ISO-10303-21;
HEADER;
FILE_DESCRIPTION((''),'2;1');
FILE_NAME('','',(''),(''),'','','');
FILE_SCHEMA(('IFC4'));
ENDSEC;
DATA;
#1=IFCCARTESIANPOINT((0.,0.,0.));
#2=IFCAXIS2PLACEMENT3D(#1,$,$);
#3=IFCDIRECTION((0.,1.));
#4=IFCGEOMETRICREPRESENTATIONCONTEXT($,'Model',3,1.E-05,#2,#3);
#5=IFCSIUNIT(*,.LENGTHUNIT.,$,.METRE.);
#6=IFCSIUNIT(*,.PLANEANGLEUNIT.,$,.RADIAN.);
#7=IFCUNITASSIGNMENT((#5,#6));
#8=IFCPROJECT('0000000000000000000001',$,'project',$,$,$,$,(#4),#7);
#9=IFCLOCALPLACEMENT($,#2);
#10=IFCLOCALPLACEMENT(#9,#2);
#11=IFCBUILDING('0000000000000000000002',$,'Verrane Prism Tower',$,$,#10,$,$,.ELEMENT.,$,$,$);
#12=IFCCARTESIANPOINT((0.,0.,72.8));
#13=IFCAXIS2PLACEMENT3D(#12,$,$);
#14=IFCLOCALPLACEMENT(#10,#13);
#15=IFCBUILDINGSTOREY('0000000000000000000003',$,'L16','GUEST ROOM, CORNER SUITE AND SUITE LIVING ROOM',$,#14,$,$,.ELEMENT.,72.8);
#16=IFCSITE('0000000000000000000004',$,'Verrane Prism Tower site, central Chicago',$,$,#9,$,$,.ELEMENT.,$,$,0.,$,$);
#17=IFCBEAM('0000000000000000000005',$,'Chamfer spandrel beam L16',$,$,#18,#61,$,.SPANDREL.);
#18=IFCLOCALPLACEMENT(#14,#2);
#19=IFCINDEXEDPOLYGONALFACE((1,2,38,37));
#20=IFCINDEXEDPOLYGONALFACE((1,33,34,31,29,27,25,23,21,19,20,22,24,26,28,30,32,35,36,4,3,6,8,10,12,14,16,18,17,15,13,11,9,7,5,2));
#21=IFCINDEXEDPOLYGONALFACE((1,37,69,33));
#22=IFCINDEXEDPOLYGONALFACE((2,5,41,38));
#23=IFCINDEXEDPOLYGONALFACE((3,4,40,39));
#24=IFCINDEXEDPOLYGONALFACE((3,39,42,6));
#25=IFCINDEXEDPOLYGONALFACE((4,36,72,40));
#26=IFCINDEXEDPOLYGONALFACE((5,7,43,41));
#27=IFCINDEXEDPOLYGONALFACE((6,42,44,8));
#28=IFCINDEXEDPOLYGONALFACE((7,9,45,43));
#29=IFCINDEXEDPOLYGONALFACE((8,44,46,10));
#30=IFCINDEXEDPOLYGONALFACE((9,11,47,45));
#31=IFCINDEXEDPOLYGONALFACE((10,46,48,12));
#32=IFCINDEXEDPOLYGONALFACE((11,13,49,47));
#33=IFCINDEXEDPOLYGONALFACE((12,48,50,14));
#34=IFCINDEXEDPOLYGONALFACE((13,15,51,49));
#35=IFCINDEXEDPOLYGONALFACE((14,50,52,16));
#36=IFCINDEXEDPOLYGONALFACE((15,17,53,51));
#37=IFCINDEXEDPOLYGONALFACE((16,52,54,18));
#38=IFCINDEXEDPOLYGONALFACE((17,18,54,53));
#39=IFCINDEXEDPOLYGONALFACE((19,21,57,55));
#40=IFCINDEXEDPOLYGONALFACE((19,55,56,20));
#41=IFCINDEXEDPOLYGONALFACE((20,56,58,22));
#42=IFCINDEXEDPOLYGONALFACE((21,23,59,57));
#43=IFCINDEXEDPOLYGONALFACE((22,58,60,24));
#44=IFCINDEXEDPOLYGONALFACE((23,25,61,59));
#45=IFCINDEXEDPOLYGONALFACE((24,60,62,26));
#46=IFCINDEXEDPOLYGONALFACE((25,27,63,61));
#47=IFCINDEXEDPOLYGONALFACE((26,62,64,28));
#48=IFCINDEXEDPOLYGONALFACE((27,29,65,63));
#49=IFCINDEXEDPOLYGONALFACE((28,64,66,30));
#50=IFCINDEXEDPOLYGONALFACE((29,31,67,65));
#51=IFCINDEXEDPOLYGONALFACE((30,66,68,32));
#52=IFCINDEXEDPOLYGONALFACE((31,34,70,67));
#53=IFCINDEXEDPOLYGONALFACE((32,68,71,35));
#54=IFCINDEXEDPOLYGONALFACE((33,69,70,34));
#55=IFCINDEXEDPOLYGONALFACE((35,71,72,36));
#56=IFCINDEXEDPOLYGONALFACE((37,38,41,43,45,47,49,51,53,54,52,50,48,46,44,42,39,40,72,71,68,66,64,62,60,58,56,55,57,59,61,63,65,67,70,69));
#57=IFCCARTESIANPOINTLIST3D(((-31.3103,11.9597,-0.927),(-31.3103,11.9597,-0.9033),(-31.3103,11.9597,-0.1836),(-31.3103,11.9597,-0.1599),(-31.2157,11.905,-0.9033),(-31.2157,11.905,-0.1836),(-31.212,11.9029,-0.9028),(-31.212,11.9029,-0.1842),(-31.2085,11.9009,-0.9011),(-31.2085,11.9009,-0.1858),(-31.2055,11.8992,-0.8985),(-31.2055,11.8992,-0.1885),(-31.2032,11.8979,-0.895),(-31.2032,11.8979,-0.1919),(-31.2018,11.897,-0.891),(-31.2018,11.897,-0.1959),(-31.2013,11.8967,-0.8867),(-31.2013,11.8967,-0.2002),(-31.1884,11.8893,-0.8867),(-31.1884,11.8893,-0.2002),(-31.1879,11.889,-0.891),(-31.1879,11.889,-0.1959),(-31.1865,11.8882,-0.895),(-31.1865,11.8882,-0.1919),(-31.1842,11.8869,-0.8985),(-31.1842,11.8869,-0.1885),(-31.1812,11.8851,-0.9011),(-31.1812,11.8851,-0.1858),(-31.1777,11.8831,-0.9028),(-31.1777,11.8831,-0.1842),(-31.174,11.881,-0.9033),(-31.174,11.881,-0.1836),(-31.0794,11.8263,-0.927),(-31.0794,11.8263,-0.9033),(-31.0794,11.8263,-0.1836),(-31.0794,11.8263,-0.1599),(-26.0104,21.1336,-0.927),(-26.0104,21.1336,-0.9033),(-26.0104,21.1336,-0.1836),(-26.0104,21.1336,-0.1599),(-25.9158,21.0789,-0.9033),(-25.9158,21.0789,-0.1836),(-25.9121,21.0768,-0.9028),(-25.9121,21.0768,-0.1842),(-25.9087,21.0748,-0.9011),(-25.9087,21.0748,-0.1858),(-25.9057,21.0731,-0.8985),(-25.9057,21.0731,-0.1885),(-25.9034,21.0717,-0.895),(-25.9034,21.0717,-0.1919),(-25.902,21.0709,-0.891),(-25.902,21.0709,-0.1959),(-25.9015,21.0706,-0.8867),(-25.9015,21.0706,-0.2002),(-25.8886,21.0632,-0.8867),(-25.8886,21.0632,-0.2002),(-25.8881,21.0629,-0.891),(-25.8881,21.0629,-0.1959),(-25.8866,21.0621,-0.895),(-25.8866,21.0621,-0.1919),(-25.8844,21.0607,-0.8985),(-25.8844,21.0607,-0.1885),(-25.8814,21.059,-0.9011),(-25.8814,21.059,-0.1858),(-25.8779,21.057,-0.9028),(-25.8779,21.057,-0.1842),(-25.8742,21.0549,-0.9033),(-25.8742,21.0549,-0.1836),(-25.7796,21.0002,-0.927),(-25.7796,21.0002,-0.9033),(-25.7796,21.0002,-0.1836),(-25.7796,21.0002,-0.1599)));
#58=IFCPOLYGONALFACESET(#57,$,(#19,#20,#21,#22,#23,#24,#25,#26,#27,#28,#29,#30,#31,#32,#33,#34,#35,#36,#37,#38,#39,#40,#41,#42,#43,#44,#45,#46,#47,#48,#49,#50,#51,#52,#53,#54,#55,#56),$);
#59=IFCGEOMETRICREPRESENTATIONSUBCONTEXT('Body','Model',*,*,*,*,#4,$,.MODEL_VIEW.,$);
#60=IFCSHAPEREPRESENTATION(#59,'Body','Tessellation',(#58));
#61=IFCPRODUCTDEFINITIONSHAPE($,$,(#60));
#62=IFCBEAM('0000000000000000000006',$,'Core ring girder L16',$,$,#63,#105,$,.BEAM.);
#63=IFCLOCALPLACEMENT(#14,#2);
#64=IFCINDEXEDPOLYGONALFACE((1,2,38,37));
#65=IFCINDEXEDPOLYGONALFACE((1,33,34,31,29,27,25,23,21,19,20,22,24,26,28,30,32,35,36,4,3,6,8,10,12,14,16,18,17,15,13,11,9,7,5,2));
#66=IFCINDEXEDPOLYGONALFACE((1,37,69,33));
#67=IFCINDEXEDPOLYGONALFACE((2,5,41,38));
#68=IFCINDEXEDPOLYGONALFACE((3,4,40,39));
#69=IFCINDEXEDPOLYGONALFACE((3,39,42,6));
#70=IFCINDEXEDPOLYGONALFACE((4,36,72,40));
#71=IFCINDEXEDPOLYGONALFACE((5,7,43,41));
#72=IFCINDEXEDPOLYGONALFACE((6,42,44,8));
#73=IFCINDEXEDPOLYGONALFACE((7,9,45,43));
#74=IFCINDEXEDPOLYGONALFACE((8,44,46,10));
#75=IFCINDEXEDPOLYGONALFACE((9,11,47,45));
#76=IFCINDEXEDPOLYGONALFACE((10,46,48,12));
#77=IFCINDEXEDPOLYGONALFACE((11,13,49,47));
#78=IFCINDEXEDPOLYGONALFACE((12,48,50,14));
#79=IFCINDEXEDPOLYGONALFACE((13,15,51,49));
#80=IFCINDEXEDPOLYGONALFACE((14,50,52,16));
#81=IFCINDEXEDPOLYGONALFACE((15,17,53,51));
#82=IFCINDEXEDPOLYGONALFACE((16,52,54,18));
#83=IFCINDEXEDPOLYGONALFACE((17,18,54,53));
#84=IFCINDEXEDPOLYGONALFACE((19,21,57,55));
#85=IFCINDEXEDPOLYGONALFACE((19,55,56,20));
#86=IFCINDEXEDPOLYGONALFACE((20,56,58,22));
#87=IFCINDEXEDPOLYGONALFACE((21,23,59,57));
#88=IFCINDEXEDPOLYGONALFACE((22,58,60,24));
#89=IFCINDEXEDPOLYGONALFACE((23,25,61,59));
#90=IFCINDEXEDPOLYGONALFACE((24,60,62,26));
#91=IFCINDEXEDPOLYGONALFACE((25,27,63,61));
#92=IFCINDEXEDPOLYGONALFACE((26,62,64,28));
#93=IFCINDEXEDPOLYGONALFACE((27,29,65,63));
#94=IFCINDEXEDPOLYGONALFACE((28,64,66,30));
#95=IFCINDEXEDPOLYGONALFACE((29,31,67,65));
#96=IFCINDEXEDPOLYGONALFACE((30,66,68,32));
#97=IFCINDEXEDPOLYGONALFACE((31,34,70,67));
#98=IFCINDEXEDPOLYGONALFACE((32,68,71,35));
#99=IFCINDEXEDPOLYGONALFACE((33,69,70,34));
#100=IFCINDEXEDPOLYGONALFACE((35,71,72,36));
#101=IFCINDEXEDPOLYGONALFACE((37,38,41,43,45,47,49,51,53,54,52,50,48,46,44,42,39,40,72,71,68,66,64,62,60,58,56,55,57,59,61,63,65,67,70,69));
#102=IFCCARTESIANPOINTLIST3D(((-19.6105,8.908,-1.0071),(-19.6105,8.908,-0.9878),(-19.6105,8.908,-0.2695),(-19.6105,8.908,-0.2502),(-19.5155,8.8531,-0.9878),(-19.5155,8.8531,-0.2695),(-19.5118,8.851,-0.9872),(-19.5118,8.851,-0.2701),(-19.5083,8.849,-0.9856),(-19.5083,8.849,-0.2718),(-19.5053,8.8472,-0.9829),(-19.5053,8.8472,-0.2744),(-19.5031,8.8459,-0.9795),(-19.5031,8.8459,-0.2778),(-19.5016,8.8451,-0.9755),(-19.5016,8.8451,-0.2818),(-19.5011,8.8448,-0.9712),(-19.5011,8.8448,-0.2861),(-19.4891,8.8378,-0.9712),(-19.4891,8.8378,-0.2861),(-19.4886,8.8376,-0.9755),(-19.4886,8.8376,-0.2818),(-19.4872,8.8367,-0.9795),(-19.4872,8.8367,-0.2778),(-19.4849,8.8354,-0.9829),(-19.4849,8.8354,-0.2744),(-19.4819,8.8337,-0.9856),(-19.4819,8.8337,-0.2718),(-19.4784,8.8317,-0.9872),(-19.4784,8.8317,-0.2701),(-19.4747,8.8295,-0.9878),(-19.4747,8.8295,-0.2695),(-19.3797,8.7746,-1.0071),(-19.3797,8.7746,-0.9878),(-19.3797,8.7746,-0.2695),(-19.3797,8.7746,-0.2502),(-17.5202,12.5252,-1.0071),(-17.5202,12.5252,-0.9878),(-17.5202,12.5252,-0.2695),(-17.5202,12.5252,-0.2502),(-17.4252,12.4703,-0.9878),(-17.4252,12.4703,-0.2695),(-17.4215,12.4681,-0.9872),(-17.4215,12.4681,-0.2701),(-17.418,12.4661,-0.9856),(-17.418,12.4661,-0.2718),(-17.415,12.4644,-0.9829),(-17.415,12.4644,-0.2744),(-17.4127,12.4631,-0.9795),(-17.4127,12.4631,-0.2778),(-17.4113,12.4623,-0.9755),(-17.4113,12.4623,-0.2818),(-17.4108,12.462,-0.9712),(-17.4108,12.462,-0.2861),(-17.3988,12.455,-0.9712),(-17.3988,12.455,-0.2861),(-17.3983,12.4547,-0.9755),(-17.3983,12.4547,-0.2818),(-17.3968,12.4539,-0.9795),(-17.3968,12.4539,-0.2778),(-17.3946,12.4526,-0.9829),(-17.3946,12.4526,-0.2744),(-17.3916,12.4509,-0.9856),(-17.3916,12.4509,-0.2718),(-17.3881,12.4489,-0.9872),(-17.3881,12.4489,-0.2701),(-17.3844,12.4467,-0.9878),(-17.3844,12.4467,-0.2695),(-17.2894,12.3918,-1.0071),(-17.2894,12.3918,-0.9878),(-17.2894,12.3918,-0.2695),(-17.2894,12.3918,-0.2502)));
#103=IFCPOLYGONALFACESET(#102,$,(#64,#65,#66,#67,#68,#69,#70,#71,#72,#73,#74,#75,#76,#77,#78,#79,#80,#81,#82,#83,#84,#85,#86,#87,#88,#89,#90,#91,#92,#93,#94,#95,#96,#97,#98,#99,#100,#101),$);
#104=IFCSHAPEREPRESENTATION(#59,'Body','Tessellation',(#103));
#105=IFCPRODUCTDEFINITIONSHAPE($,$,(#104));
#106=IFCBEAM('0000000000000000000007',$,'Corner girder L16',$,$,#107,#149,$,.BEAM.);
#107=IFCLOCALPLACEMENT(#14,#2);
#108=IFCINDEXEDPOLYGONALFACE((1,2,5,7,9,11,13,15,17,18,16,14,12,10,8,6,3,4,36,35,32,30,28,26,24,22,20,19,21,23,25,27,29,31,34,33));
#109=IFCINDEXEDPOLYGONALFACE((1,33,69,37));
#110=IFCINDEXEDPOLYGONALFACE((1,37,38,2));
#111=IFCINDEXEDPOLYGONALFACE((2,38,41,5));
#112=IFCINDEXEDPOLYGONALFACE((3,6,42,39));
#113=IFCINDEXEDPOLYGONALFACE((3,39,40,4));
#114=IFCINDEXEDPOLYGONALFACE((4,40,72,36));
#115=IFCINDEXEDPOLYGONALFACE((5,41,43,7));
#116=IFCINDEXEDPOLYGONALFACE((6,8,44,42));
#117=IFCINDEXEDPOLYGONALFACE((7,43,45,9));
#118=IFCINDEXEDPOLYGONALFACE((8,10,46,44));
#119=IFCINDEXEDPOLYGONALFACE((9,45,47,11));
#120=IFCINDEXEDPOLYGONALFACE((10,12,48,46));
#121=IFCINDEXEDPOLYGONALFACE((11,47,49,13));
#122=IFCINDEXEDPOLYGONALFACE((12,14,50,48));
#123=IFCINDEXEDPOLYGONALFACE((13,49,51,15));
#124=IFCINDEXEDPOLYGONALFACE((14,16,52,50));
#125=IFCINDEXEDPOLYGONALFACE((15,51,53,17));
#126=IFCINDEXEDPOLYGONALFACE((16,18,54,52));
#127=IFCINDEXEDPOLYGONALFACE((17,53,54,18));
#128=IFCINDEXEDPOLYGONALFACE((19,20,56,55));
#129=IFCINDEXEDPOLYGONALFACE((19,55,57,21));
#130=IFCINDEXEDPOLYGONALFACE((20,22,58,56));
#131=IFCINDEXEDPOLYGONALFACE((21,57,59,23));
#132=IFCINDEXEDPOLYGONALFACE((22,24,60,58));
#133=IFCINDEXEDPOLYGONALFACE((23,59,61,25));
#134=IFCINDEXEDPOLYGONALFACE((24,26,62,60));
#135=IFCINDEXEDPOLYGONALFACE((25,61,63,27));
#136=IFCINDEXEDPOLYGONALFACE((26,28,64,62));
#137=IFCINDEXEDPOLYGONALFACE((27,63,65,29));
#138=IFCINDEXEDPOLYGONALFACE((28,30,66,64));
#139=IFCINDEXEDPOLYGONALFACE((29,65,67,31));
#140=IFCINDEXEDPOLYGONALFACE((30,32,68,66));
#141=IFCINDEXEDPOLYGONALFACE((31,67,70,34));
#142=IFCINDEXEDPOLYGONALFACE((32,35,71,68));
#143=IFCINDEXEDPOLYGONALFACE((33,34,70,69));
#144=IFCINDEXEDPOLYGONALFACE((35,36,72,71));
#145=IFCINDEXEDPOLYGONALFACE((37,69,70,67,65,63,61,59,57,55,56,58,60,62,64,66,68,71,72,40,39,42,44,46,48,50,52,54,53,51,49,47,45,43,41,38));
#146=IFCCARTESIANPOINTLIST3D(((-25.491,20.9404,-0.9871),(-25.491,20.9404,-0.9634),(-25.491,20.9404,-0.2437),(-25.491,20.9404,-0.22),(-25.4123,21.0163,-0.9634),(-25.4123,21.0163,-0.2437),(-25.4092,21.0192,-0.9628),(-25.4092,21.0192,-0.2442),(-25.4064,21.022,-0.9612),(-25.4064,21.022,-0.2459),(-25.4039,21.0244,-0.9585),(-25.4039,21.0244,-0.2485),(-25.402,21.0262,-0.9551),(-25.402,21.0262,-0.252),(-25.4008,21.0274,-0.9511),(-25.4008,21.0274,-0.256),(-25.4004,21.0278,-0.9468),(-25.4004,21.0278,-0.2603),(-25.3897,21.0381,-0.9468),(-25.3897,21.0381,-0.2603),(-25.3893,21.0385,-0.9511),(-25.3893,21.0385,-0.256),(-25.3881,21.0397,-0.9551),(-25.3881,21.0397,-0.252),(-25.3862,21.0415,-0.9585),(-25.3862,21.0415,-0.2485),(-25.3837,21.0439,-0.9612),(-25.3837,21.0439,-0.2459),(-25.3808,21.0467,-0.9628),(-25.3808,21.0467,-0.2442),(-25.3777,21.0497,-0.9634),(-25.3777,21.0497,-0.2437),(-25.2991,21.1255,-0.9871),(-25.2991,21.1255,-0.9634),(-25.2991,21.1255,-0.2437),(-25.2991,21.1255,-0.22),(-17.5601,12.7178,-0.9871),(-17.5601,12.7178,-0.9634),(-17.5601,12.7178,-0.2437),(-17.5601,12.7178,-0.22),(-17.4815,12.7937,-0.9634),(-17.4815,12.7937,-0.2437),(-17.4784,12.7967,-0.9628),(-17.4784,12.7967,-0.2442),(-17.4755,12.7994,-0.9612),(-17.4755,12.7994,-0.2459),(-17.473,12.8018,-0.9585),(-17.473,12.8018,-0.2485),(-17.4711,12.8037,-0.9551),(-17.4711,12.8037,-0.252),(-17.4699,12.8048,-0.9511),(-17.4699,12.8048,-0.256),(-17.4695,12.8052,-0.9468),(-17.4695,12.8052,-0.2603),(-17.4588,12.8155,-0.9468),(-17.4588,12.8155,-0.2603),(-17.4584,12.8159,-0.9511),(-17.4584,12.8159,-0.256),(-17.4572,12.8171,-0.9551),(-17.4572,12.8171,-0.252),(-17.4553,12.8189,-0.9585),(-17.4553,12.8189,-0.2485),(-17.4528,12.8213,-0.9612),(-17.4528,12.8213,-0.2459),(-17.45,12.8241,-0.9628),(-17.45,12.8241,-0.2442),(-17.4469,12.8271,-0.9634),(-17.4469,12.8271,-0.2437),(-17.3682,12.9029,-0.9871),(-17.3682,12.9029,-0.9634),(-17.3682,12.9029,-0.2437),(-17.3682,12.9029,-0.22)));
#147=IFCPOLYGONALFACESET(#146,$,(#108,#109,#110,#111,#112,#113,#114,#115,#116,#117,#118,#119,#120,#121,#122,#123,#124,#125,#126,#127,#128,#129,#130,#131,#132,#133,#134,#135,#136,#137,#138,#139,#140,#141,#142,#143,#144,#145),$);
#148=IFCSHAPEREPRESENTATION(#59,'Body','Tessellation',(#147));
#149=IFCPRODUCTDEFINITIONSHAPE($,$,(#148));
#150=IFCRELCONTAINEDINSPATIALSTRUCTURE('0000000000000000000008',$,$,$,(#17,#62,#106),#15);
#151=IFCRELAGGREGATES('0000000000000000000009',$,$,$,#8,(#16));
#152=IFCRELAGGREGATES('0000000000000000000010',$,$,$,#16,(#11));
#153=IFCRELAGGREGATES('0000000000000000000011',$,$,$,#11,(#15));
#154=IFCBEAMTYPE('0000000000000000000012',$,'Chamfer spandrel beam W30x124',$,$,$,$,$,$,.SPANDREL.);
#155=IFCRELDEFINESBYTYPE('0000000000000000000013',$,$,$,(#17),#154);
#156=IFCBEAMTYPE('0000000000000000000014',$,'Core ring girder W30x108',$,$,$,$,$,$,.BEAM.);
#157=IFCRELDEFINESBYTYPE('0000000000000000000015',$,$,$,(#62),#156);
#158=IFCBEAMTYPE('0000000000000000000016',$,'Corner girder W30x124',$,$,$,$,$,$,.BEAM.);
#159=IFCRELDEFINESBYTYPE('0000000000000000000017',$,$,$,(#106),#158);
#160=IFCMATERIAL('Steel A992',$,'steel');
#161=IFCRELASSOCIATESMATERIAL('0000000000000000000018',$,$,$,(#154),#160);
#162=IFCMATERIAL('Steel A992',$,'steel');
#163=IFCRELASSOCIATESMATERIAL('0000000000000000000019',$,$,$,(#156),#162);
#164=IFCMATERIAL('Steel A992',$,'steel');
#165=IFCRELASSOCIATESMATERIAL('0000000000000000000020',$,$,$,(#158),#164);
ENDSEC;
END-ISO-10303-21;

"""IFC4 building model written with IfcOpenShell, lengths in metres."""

from ifc_helpers import new_model, si_unit, direction, frame, origin, origin_2d, place, context, subcontext, project, spatial, i_section, extrude, material, material_profile, profile_set, type_object, element, save


model = new_model("IFC4")

# Units and contexts
model_context = context("Model", 3, precision=1e-05, world=origin(), true_north=direction((0.0, 1.0)))
body_context = subcontext(model_context, "Body", "Model", "MODEL_VIEW")
ifc_project = project(units=[si_unit("LENGTHUNIT", "METRE"), si_unit("PLANEANGLEUNIT", "RADIAN")], contexts=[model_context])

# Site, building, storey
site_placement = place(None, origin())
site = spatial("IfcSite", under=ifc_project, at=site_placement, Name="Verrane Prism Tower site, central Chicago", CompositionType="ELEMENT", RefElevation=0.0)
building_placement = place(site_placement, origin())
building = spatial("IfcBuilding", under=site, at=building_placement, Name="Verrane Prism Tower", CompositionType="ELEMENT")
storey_placement = place(building_placement, frame((0.0, 0.0, 72.8)))
storey = spatial("IfcBuildingStorey", under=building, at=storey_placement, Name="L16", Description="GUEST ROOM, CORNER SUITE AND SUITE LIVING ROOM", CompositionType="ELEMENT", Elevation=72.8)

# Beams
ifc_material_1 = material(Name="Steel A992", Category="steel")
ifc_material_profile_1 = material_profile(ifc_material_1, i_section(OverallWidth=0.2666, OverallDepth=0.7671, WebThickness=0.0149, FlangeThickness=0.0237, FilletRadius=0.0166, at=origin_2d()), Name="W30x124")
ifc_profile_set_1 = profile_set([ifc_material_profile_1], Name="Steel A992")
beam_type_1 = type_object("IfcBeamType", Name="Chamfer spandrel beam W30x124", PredefinedType="SPANDREL", material=ifc_profile_set_1)
beam_1_placement = place(storey_placement, frame((-25.895, 21.0669, -0.5435), z_axis=(-0.500233, -0.865891, 0.0), x_axis=(0.865891, -0.500233, 0.0)))
element("IfcBeam", 1, at=beam_1_placement, inside=storey, type_object=beam_type_1, Name="Chamfer spandrel beam L16", PredefinedType="SPANDREL", context=body_context, shape_type="SweptSolid", body=[
    extrude(i_section(OverallWidth=0.2666, OverallDepth=0.7671, WebThickness=0.0149, FlangeThickness=0.0237, FilletRadius=0.0166, at=origin_2d()), origin(), (0.0, 0.0, 1.0), 10.5947),
])
ifc_material_2 = material(Name="Steel A992", Category="steel")
ifc_material_profile_2 = material_profile(ifc_material_2, i_section(OverallWidth=0.2666, OverallDepth=0.7568, WebThickness=0.0139, FlangeThickness=0.0193, FilletRadius=0.0166, at=origin_2d()), Name="W30x108")
ifc_profile_set_2 = profile_set([ifc_material_profile_2], Name="Steel A992")
beam_type_2 = type_object("IfcBeamType", Name="Core ring girder W30x108", PredefinedType="BEAM", material=ifc_profile_set_2)
beam_2_placement = place(storey_placement, frame((-17.4048, 12.4585, -0.6287), z_axis=(-0.50035, -0.865823, 0.0), x_axis=(0.865823, -0.50035, 0.0)))
element("IfcBeam", 2, at=beam_2_placement, inside=storey, type_object=beam_type_2, Name="Core ring girder L16", PredefinedType="BEAM", context=body_context, shape_type="SweptSolid", body=[
    extrude(i_section(OverallWidth=0.2666, OverallDepth=0.7568, WebThickness=0.0139, FlangeThickness=0.0193, FilletRadius=0.0166, at=origin_2d()), origin(), (0.0, 0.0, 1.0), 4.1777),
])
ifc_material_3 = material(Name="Steel A992", Category="steel")
ifc_material_profile_3 = material_profile(ifc_material_3, i_section(OverallWidth=0.2666, OverallDepth=0.7671, WebThickness=0.0149, FlangeThickness=0.0237, FilletRadius=0.0166, at=origin_2d()), Name="W30x124")
ifc_profile_set_3 = profile_set([ifc_material_profile_3], Name="Steel A992")
beam_type_3 = type_object("IfcBeamType", Name="Corner girder W30x124", PredefinedType="BEAM", material=ifc_profile_set_3)
beam_3_placement = place(storey_placement, frame((-25.395, 21.033, -0.6035), z_axis=(0.694223, -0.71976, 0.0), x_axis=(0.71976, 0.694223, 0.0)))
element("IfcBeam", 3, at=beam_3_placement, inside=storey, type_object=beam_type_3, Name="Corner girder L16", PredefinedType="BEAM", context=body_context, shape_type="SweptSolid", body=[
    extrude(i_section(OverallWidth=0.2666, OverallDepth=0.7671, WebThickness=0.0149, FlangeThickness=0.0237, FilletRadius=0.0166, at=origin_2d()), origin(), (0.0, 0.0, 1.0), 11.4241),
])

save(model, "model.ifc")
